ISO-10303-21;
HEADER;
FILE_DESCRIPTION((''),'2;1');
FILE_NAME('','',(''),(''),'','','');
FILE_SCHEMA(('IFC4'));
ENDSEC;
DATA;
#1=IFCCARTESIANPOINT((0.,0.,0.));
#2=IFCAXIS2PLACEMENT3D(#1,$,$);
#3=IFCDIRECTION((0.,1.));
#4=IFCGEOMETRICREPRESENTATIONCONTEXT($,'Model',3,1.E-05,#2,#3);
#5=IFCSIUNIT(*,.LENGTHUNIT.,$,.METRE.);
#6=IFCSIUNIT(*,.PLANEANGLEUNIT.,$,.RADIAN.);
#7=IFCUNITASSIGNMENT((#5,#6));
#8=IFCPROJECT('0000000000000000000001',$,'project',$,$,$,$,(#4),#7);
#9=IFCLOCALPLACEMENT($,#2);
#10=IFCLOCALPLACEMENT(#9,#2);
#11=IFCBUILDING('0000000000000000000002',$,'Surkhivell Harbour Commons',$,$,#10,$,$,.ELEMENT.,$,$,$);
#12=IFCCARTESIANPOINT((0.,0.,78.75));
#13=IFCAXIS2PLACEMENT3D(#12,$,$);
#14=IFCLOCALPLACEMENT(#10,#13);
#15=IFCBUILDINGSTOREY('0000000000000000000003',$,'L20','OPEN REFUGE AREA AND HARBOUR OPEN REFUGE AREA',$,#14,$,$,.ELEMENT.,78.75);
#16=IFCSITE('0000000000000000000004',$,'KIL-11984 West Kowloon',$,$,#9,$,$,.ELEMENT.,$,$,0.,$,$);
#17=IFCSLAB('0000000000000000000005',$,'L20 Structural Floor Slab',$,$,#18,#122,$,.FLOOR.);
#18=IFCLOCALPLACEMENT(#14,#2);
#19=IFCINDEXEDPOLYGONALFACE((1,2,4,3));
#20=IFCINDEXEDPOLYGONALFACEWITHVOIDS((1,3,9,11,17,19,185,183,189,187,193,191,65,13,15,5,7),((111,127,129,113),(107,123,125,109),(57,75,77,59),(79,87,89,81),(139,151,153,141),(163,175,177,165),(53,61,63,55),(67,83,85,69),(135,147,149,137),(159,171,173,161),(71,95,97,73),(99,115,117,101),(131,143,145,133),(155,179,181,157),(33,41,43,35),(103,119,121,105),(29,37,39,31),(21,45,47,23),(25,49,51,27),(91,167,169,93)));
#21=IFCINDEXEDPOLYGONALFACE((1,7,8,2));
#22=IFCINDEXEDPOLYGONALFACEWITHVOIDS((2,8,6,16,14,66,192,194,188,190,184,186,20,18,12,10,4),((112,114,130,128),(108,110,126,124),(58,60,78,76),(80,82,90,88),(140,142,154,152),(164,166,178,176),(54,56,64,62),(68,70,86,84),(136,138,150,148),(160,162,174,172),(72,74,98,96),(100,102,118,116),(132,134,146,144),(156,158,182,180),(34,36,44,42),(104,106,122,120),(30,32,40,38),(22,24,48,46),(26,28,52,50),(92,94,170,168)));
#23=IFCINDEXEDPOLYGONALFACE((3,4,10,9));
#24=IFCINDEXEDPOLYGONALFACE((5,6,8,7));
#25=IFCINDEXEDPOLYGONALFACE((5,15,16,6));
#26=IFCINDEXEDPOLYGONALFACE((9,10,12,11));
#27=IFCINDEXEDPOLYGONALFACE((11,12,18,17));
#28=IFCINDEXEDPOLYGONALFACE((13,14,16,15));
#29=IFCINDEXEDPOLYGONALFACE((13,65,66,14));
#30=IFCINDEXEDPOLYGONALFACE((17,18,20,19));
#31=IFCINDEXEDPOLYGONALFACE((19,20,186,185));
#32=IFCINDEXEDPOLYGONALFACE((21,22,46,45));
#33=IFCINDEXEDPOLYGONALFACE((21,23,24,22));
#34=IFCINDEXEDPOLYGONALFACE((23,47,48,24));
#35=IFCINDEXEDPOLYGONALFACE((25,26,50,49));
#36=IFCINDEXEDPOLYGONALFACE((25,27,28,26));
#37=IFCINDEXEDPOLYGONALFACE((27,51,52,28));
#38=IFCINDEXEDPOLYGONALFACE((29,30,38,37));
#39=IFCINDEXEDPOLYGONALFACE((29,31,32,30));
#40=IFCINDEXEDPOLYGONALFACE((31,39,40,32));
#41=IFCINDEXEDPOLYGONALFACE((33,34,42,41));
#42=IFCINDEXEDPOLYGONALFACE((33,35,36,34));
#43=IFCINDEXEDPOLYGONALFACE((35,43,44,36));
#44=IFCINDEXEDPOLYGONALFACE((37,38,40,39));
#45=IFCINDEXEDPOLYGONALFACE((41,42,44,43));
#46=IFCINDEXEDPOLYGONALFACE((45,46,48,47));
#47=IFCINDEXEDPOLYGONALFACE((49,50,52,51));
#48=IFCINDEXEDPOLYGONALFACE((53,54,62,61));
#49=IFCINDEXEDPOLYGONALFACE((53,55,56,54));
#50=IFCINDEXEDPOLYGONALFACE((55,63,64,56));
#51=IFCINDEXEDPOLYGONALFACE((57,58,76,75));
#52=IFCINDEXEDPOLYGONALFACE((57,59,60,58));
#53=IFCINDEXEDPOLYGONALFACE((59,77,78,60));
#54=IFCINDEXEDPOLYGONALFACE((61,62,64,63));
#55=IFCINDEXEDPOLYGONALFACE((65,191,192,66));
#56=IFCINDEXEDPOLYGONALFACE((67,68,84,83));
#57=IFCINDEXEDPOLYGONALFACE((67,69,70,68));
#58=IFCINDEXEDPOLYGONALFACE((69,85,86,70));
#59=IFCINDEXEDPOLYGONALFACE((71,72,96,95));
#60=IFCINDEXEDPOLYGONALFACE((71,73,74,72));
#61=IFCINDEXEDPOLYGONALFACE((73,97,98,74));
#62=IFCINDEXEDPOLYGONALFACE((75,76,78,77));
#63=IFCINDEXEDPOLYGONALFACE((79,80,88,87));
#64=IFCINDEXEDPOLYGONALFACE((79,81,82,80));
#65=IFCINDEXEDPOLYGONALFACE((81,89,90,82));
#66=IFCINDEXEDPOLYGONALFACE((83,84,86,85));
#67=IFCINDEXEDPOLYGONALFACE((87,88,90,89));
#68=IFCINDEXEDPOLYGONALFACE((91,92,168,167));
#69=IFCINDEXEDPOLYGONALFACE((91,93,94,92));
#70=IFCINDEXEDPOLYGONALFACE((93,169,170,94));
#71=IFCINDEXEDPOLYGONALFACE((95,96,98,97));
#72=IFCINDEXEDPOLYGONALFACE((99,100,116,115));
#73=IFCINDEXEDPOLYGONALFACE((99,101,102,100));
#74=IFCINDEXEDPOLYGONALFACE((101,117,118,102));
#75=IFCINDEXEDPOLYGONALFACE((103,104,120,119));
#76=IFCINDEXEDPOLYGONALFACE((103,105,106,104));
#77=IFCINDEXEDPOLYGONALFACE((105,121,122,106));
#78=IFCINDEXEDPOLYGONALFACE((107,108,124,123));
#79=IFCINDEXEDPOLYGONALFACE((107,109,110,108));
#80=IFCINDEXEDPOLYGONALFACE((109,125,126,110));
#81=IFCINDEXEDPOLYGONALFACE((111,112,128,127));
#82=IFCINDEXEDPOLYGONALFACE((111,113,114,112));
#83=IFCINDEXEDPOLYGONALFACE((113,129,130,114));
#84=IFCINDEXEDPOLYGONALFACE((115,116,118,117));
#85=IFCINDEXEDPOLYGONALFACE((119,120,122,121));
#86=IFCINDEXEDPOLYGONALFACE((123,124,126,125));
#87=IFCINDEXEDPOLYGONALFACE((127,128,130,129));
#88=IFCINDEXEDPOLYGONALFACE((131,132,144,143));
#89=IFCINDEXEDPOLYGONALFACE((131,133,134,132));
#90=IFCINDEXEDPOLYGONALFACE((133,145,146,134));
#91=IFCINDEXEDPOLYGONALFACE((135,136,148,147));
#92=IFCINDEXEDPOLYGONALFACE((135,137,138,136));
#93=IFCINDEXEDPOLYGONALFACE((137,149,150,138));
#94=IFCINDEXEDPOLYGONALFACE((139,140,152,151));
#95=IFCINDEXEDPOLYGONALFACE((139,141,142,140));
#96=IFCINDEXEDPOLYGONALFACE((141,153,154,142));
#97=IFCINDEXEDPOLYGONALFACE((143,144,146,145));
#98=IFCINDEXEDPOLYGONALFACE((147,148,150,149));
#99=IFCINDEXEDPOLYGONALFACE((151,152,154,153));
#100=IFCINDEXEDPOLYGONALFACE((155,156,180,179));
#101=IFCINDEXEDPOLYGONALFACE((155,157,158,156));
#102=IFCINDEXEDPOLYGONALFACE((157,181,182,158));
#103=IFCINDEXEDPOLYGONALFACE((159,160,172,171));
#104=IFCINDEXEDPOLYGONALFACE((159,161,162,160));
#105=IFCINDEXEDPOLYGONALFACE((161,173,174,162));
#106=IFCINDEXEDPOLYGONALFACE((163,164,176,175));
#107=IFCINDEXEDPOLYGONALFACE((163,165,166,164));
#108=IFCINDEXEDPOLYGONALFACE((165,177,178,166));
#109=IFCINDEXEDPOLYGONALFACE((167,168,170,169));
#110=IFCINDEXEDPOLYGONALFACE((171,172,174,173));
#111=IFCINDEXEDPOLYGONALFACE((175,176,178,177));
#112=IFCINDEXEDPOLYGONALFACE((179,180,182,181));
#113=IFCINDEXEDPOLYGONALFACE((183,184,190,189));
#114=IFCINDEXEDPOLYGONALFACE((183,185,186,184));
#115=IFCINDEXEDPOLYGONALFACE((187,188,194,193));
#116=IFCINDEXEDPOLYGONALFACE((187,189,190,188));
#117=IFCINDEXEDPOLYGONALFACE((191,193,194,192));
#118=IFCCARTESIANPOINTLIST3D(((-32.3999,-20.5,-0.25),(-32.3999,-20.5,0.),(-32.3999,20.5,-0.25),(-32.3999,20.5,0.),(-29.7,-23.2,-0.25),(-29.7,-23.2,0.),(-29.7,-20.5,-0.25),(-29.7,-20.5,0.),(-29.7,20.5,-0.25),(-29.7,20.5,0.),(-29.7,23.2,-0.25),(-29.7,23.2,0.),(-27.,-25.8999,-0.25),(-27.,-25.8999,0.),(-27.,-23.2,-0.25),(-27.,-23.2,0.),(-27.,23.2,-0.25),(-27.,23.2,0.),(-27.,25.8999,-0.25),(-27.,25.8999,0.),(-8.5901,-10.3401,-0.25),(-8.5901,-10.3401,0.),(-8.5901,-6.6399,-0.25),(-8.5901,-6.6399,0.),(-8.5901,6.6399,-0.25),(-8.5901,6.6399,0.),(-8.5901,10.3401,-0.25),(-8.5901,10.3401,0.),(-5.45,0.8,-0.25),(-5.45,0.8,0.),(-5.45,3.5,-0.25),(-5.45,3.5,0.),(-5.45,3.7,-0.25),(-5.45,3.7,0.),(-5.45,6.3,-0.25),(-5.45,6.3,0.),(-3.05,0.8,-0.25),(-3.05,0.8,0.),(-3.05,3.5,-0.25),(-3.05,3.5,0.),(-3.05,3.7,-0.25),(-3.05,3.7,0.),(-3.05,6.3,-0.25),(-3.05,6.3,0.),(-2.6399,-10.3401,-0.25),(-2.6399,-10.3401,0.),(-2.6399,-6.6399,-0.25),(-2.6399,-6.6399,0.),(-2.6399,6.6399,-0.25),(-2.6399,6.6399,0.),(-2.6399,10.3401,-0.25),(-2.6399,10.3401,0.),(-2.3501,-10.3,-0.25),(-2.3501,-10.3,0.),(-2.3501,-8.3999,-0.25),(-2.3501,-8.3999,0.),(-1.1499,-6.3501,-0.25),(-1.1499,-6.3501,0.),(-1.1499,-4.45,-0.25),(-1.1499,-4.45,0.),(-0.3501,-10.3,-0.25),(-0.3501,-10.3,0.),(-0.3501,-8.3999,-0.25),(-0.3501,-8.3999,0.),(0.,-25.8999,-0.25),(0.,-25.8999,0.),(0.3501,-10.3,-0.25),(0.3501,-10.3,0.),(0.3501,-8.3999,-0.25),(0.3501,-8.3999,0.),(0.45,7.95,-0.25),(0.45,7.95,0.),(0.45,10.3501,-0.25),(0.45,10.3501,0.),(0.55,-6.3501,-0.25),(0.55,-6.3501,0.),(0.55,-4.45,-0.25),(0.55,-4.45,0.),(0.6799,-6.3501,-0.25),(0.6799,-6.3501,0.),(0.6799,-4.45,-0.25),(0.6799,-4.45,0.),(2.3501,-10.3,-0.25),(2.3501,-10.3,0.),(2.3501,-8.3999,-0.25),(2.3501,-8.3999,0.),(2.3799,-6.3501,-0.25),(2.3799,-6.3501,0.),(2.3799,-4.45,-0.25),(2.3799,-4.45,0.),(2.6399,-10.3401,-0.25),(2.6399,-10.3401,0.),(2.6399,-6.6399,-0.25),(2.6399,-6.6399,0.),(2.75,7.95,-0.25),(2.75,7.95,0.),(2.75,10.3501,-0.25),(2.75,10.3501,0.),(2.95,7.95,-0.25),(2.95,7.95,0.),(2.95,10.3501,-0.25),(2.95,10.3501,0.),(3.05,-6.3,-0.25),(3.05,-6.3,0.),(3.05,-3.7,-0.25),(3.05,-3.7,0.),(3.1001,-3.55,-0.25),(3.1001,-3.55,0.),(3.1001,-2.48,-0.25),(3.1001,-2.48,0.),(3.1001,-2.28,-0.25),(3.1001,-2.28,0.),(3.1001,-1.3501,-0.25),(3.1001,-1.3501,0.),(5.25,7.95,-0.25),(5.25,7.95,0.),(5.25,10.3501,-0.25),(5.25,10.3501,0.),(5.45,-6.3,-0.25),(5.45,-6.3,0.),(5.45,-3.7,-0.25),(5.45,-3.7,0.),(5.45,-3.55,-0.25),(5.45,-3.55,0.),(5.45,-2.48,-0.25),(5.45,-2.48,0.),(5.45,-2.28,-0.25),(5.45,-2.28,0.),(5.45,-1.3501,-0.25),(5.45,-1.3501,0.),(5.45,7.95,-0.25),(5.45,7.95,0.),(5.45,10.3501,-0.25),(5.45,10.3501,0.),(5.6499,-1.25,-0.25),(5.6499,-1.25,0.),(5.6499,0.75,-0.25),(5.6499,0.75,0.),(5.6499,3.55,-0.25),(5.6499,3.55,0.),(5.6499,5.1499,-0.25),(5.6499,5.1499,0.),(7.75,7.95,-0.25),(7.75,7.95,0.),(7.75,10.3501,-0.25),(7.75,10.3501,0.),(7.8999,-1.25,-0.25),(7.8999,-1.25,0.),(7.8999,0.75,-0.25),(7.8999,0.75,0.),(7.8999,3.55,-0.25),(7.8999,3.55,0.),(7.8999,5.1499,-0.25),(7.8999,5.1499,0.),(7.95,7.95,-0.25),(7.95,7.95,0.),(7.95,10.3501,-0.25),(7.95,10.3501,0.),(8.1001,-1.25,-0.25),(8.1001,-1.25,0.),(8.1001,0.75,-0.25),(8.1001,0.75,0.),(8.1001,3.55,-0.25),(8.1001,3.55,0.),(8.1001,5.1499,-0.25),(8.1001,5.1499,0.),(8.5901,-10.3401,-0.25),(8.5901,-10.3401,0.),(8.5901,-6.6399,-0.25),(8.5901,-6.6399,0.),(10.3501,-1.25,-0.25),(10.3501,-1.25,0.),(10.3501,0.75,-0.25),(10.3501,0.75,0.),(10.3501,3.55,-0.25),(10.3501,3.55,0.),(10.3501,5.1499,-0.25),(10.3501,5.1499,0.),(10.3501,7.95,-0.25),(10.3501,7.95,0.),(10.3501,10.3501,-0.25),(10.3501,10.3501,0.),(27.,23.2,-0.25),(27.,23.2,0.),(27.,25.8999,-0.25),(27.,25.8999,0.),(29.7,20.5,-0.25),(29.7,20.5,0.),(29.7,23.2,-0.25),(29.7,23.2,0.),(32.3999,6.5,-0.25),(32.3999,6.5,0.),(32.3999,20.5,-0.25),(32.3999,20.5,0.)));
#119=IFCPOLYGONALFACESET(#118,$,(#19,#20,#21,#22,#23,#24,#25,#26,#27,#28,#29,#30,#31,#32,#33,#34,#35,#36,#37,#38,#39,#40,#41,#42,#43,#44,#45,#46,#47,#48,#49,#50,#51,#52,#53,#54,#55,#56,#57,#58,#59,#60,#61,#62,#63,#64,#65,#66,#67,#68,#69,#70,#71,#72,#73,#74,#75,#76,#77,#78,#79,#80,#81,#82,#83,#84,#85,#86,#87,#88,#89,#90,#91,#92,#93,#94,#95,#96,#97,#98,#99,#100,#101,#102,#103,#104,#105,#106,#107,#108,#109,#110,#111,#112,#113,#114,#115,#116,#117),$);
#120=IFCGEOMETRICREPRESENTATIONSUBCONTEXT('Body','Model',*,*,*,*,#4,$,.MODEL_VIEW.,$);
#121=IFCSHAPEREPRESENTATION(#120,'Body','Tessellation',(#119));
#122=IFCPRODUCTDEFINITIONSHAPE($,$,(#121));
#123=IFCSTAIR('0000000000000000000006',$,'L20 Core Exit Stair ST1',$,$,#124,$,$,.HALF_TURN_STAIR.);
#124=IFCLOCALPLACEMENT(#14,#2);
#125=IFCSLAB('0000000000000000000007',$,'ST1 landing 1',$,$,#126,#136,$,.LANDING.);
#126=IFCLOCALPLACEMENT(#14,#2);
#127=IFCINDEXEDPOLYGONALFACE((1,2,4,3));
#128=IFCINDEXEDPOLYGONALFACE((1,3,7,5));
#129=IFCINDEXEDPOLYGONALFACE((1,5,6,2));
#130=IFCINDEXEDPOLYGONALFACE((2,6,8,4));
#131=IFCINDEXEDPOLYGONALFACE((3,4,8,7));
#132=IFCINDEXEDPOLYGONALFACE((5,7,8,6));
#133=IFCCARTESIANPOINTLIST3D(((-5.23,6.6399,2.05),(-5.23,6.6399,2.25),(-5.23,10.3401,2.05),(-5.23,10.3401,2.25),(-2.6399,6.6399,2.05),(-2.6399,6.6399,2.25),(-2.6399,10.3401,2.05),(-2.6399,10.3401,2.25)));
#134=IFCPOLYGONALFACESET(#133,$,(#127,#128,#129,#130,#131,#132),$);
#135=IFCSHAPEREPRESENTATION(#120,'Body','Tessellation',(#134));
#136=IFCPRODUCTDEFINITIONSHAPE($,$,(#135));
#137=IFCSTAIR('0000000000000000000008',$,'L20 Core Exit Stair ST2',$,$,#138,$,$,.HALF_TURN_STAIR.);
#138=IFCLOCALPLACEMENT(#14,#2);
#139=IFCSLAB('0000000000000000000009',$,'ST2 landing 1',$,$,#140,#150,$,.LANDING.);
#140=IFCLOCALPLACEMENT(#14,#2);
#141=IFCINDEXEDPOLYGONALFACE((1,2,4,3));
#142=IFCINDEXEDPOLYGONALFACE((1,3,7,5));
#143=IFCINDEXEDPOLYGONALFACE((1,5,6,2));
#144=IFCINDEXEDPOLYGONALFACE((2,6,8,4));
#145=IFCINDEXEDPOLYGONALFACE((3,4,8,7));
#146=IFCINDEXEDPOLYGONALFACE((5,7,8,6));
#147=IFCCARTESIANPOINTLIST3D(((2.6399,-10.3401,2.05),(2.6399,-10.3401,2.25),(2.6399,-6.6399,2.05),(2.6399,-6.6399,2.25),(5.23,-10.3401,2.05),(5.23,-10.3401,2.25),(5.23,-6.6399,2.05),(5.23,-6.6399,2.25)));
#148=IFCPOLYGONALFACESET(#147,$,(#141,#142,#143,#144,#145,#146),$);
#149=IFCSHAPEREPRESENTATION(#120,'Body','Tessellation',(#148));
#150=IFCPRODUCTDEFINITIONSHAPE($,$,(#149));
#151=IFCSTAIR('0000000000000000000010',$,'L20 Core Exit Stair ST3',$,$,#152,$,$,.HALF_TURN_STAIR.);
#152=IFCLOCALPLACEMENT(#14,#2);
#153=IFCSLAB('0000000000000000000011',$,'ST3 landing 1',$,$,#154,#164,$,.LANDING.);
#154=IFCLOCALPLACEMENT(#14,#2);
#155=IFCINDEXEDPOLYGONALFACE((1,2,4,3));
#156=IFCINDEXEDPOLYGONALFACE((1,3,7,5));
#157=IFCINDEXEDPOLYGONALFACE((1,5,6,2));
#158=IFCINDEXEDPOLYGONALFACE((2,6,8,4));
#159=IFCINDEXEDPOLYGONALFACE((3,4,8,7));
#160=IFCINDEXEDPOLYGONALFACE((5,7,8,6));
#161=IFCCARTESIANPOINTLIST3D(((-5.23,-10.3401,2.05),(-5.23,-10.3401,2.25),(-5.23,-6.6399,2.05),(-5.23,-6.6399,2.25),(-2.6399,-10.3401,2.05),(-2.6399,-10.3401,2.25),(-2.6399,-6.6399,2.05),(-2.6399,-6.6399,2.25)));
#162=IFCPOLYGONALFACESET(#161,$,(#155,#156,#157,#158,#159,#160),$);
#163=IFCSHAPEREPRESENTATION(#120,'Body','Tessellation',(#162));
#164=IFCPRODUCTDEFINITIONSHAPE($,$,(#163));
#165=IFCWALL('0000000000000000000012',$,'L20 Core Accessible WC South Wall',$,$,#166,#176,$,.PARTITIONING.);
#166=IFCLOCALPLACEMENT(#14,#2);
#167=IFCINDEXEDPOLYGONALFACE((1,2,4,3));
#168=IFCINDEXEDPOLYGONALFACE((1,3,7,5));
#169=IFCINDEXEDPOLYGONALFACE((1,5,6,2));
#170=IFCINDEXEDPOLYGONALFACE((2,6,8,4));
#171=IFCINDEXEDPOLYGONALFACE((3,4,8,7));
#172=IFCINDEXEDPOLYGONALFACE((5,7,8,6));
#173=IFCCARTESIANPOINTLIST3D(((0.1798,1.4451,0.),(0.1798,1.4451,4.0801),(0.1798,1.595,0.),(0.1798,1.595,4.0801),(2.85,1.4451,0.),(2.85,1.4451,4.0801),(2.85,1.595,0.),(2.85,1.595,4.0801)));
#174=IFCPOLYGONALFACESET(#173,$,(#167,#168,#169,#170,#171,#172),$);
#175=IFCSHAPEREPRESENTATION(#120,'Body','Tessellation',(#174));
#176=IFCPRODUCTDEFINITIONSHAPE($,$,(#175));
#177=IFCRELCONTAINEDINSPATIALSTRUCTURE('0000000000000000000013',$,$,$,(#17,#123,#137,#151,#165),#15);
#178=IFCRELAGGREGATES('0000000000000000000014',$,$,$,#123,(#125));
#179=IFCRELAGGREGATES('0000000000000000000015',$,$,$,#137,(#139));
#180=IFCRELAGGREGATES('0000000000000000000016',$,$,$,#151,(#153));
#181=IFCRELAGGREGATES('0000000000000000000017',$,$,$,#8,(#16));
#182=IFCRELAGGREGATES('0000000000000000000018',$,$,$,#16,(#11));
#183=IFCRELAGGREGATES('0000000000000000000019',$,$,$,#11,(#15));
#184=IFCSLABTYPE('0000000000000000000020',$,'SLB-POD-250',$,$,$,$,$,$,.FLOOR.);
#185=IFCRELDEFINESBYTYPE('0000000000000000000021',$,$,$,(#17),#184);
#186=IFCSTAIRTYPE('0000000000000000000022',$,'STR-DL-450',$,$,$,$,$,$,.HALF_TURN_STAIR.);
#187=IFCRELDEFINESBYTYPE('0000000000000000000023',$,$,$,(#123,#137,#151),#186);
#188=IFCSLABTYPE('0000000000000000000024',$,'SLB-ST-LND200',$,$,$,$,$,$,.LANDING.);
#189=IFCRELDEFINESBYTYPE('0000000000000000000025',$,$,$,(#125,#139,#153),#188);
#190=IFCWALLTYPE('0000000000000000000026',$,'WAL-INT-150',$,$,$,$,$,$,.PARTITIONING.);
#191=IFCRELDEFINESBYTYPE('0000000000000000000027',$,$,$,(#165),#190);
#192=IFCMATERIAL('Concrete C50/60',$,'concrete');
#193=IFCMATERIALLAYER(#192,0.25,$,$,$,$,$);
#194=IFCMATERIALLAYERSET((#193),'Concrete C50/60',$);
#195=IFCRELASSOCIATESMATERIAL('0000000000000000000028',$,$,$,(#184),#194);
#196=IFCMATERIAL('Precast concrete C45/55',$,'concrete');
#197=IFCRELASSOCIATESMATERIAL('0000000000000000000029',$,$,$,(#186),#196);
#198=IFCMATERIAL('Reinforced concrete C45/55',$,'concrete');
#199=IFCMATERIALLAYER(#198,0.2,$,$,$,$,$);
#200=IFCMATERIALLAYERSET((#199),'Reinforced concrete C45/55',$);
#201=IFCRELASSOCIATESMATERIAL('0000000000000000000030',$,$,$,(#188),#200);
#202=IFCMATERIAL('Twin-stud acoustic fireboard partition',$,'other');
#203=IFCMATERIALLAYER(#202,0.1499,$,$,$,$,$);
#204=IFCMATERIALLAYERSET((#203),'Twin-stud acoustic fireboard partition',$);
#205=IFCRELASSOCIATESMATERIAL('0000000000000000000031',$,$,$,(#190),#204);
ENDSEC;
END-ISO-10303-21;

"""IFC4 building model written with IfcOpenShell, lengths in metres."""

from ifc_helpers import new_model, si_unit, direction, frame, frame_2d, origin, place, context, subcontext, project, spatial, polyline, rectangle, outline, extrude, material, layer, layer_set, type_object, element, aggregate, save


model = new_model("IFC4")

# Units and contexts
model_context = context("Model", 3, precision=1e-05, world=origin(), true_north=direction((0.0, 1.0)))
body_context = subcontext(model_context, "Body", "Model", "MODEL_VIEW")
ifc_project = project(units=[si_unit("LENGTHUNIT", "METRE"), si_unit("PLANEANGLEUNIT", "RADIAN")], contexts=[model_context])

# Site, building, storey
site_placement = place(None, origin())
site = spatial("IfcSite", under=ifc_project, at=site_placement, Name="KIL-11984 West Kowloon", CompositionType="ELEMENT", RefElevation=0.0)
building_placement = place(site_placement, origin())
building = spatial("IfcBuilding", under=site, at=building_placement, Name="Surkhivell Harbour Commons", CompositionType="ELEMENT")
storey_placement = place(building_placement, frame((0.0, 0.0, 78.75)))
storey = spatial("IfcBuildingStorey", under=building, at=storey_placement, Name="L20", Description="OPEN REFUGE AREA AND HARBOUR OPEN REFUGE AREA", CompositionType="ELEMENT", Elevation=78.75)

# Slab
ifc_material_1 = material(Name="Concrete C50/60", Category="concrete")
ifc_layer_1 = layer(ifc_material_1, 0.25)
ifc_layer_set_1 = layer_set([ifc_layer_1], Name="Concrete C50/60")
slab_type_1 = type_object("IfcSlabType", Name="SLB-POD-250", PredefinedType="FLOOR", material=ifc_layer_set_1)
slab_1_placement = place(storey_placement, frame((0.0, 0.0, -0.25)))
element("IfcSlab", 1, at=slab_1_placement, inside=storey, type_object=slab_type_1, Name="L20 Structural Floor Slab", PredefinedType="FLOOR", context=body_context, shape_type="SweptSolid", body=[
    extrude(outline(polyline([(-27.0, -25.8999), (0.0, -25.8999), (32.3999, 6.5), (32.3999, 20.5), (29.7, 20.5), (29.7, 23.2), (27.0, 23.2), (27.0, 25.8999), (-27.0, 25.8999), (-27.0, 23.2), (-29.7, 23.2), (-29.7, 20.5), (-32.3999, 20.5), (-32.3999, -20.5), (-29.7, -20.5), (-29.7, -23.2), (-27.0, -23.2), (-27.0, -25.8999)]), holes=[polyline([(-8.5901, 6.6399), (-2.6399, 6.6399), (-2.6399, 10.3401), (-8.5901, 10.3401), (-8.5901, 6.6399)]), polyline([(8.5901, -6.6399), (2.6399, -6.6399), (2.6399, -10.3401), (8.5901, -10.3401), (8.5901, -6.6399)]), polyline([(-8.5901, -10.3401), (-2.6399, -10.3401), (-2.6399, -6.6399), (-8.5901, -6.6399), (-8.5901, -10.3401)]), polyline([(0.45, 7.95), (2.75, 7.95), (2.75, 10.3501), (0.45, 10.3501), (0.45, 7.95)]), polyline([(2.95, 7.95), (5.25, 7.95), (5.25, 10.3501), (2.95, 10.3501), (2.95, 7.95)]), polyline([(5.45, 7.95), (7.75, 7.95), (7.75, 10.3501), (5.45, 10.3501), (5.45, 7.95)]), polyline([(7.95, 7.95), (10.3501, 7.95), (10.3501, 10.3501), (7.95, 10.3501), (7.95, 7.95)]), polyline([(5.6499, 3.55), (7.8999, 3.55), (7.8999, 5.1499), (5.6499, 5.1499), (5.6499, 3.55)]), polyline([(8.1001, 3.55), (10.3501, 3.55), (10.3501, 5.1499), (8.1001, 5.1499), (8.1001, 3.55)]), polyline([(5.6499, -1.25), (7.8999, -1.25), (7.8999, 0.75), (5.6499, 0.75), (5.6499, -1.25)]), polyline([(8.1001, -1.25), (10.3501, -1.25), (10.3501, 0.75), (8.1001, 0.75), (8.1001, -1.25)]), polyline([(-1.1499, -6.3501), (0.55, -6.3501), (0.55, -4.45), (-1.1499, -4.45), (-1.1499, -6.3501)]), polyline([(0.6799, -6.3501), (2.3799, -6.3501), (2.3799, -4.45), (0.6799, -4.45), (0.6799, -6.3501)]), polyline([(-2.3501, -10.3), (-0.3501, -10.3), (-0.3501, -8.3999), (-2.3501, -8.3999), (-2.3501, -10.3)]), polyline([(0.3501, -10.3), (2.3501, -10.3), (2.3501, -8.3999), (0.3501, -8.3999), (0.3501, -10.3)]), polyline([(-5.45, 3.7), (-3.05, 3.7), (-3.05, 6.3), (-5.45, 6.3), (-5.45, 3.7)]), polyline([(3.05, -6.3), (5.45, -6.3), (5.45, -3.7), (3.05, -3.7), (3.05, -6.3)]), polyline([(-5.45, 0.8), (-3.05, 0.8), (-3.05, 3.5), (-5.45, 3.5), (-5.45, 0.8)]), polyline([(3.1001, -3.55), (5.45, -3.55), (5.45, -2.48), (3.1001, -2.48), (3.1001, -3.55)]), polyline([(3.1001, -2.28), (5.45, -2.28), (5.45, -1.3501), (3.1001, -1.3501), (3.1001, -2.28)])]), origin(), (0.0, 0.0, 1.0), 0.25),
])

# Stairs, slabs
ifc_material_2 = material(Name="Precast concrete C45/55", Category="concrete")
stair_type = type_object("IfcStairType", Name="STR-DL-450", PredefinedType="HALF_TURN_STAIR", material=ifc_material_2)
stair_1_placement = place(storey_placement, origin())
stair_1 = element("IfcStair", 2, at=stair_1_placement, inside=storey, type_object=stair_type, Name="L20 Core Exit Stair ST1", PredefinedType="HALF_TURN_STAIR")
ifc_material_3 = material(Name="Reinforced concrete C45/55", Category="concrete")
ifc_layer_2 = layer(ifc_material_3, 0.2)
ifc_layer_set_2 = layer_set([ifc_layer_2], Name="Reinforced concrete C45/55")
slab_type_2 = type_object("IfcSlabType", Name="SLB-ST-LND200", PredefinedType="LANDING", material=ifc_layer_set_2)
slab_2_placement = place(storey_placement, frame((0.0, 0.0, 2.05)))
slab_2 = element("IfcSlab", 3, at=slab_2_placement, type_object=slab_type_2, Name="ST1 landing 1", PredefinedType="LANDING", context=body_context, shape_type="SweptSolid", body=[
    extrude(outline(polyline([(-5.23, 6.6399), (-2.6399, 6.6399), (-2.6399, 10.3401), (-5.23, 10.3401), (-5.23, 6.6399)])), origin(), (0.0, 0.0, 1.0), 0.2),
])
aggregate(stair_1, [slab_2])
stair_2_placement = place(storey_placement, origin())
stair_2 = element("IfcStair", 4, at=stair_2_placement, inside=storey, type_object=stair_type, Name="L20 Core Exit Stair ST2", PredefinedType="HALF_TURN_STAIR")
slab_3_placement = place(storey_placement, frame((0.0, 0.0, 2.05)))
slab_3 = element("IfcSlab", 5, at=slab_3_placement, type_object=slab_type_2, Name="ST2 landing 1", PredefinedType="LANDING", context=body_context, shape_type="SweptSolid", body=[
    extrude(outline(polyline([(5.23, -6.6399), (2.6399, -6.6399), (2.6399, -10.3401), (5.23, -10.3401), (5.23, -6.6399)])), origin(), (0.0, 0.0, 1.0), 0.2),
])
aggregate(stair_2, [slab_3])
stair_3_placement = place(storey_placement, origin())
stair_3 = element("IfcStair", 6, at=stair_3_placement, inside=storey, type_object=stair_type, Name="L20 Core Exit Stair ST3", PredefinedType="HALF_TURN_STAIR")
slab_4_placement = place(storey_placement, frame((0.0, 0.0, 2.05)))
slab_4 = element("IfcSlab", 7, at=slab_4_placement, type_object=slab_type_2, Name="ST3 landing 1", PredefinedType="LANDING", context=body_context, shape_type="SweptSolid", body=[
    extrude(outline(polyline([(-5.23, -10.3401), (-2.6399, -10.3401), (-2.6399, -6.6399), (-5.23, -6.6399), (-5.23, -10.3401)])), origin(), (0.0, 0.0, 1.0), 0.2),
])

# Wall
ifc_material_4 = material(Name="Twin-stud acoustic fireboard partition", Category="other")
ifc_layer_3 = layer(ifc_material_4, 0.1499)
ifc_layer_set_3 = layer_set([ifc_layer_3], Name="Twin-stud acoustic fireboard partition")
wall_type_1 = type_object("IfcWallType", Name="WAL-INT-150", PredefinedType="PARTITIONING", material=ifc_layer_set_3)
wall_1_placement = place(storey_placement, frame((0.1799, 1.52, 0.0), z_axis=(0.0, 0.0, 1.0), x_axis=(1.0, 0.0, 0.0)))
element("IfcWall", 8, at=wall_1_placement, inside=storey, type_object=wall_type_1, Name="L20 Core Accessible WC South Wall", PredefinedType="PARTITIONING", context=body_context, shape_type="SweptSolid", body=[
    extrude(rectangle(XDim=2.6702, YDim=0.1499, at=frame_2d((1.335, 0.0))), origin(), (0.0, 0.0, 1.0), 4.0801),
])

aggregate(stair_3, [slab_4])

save(model, "model.ifc")
